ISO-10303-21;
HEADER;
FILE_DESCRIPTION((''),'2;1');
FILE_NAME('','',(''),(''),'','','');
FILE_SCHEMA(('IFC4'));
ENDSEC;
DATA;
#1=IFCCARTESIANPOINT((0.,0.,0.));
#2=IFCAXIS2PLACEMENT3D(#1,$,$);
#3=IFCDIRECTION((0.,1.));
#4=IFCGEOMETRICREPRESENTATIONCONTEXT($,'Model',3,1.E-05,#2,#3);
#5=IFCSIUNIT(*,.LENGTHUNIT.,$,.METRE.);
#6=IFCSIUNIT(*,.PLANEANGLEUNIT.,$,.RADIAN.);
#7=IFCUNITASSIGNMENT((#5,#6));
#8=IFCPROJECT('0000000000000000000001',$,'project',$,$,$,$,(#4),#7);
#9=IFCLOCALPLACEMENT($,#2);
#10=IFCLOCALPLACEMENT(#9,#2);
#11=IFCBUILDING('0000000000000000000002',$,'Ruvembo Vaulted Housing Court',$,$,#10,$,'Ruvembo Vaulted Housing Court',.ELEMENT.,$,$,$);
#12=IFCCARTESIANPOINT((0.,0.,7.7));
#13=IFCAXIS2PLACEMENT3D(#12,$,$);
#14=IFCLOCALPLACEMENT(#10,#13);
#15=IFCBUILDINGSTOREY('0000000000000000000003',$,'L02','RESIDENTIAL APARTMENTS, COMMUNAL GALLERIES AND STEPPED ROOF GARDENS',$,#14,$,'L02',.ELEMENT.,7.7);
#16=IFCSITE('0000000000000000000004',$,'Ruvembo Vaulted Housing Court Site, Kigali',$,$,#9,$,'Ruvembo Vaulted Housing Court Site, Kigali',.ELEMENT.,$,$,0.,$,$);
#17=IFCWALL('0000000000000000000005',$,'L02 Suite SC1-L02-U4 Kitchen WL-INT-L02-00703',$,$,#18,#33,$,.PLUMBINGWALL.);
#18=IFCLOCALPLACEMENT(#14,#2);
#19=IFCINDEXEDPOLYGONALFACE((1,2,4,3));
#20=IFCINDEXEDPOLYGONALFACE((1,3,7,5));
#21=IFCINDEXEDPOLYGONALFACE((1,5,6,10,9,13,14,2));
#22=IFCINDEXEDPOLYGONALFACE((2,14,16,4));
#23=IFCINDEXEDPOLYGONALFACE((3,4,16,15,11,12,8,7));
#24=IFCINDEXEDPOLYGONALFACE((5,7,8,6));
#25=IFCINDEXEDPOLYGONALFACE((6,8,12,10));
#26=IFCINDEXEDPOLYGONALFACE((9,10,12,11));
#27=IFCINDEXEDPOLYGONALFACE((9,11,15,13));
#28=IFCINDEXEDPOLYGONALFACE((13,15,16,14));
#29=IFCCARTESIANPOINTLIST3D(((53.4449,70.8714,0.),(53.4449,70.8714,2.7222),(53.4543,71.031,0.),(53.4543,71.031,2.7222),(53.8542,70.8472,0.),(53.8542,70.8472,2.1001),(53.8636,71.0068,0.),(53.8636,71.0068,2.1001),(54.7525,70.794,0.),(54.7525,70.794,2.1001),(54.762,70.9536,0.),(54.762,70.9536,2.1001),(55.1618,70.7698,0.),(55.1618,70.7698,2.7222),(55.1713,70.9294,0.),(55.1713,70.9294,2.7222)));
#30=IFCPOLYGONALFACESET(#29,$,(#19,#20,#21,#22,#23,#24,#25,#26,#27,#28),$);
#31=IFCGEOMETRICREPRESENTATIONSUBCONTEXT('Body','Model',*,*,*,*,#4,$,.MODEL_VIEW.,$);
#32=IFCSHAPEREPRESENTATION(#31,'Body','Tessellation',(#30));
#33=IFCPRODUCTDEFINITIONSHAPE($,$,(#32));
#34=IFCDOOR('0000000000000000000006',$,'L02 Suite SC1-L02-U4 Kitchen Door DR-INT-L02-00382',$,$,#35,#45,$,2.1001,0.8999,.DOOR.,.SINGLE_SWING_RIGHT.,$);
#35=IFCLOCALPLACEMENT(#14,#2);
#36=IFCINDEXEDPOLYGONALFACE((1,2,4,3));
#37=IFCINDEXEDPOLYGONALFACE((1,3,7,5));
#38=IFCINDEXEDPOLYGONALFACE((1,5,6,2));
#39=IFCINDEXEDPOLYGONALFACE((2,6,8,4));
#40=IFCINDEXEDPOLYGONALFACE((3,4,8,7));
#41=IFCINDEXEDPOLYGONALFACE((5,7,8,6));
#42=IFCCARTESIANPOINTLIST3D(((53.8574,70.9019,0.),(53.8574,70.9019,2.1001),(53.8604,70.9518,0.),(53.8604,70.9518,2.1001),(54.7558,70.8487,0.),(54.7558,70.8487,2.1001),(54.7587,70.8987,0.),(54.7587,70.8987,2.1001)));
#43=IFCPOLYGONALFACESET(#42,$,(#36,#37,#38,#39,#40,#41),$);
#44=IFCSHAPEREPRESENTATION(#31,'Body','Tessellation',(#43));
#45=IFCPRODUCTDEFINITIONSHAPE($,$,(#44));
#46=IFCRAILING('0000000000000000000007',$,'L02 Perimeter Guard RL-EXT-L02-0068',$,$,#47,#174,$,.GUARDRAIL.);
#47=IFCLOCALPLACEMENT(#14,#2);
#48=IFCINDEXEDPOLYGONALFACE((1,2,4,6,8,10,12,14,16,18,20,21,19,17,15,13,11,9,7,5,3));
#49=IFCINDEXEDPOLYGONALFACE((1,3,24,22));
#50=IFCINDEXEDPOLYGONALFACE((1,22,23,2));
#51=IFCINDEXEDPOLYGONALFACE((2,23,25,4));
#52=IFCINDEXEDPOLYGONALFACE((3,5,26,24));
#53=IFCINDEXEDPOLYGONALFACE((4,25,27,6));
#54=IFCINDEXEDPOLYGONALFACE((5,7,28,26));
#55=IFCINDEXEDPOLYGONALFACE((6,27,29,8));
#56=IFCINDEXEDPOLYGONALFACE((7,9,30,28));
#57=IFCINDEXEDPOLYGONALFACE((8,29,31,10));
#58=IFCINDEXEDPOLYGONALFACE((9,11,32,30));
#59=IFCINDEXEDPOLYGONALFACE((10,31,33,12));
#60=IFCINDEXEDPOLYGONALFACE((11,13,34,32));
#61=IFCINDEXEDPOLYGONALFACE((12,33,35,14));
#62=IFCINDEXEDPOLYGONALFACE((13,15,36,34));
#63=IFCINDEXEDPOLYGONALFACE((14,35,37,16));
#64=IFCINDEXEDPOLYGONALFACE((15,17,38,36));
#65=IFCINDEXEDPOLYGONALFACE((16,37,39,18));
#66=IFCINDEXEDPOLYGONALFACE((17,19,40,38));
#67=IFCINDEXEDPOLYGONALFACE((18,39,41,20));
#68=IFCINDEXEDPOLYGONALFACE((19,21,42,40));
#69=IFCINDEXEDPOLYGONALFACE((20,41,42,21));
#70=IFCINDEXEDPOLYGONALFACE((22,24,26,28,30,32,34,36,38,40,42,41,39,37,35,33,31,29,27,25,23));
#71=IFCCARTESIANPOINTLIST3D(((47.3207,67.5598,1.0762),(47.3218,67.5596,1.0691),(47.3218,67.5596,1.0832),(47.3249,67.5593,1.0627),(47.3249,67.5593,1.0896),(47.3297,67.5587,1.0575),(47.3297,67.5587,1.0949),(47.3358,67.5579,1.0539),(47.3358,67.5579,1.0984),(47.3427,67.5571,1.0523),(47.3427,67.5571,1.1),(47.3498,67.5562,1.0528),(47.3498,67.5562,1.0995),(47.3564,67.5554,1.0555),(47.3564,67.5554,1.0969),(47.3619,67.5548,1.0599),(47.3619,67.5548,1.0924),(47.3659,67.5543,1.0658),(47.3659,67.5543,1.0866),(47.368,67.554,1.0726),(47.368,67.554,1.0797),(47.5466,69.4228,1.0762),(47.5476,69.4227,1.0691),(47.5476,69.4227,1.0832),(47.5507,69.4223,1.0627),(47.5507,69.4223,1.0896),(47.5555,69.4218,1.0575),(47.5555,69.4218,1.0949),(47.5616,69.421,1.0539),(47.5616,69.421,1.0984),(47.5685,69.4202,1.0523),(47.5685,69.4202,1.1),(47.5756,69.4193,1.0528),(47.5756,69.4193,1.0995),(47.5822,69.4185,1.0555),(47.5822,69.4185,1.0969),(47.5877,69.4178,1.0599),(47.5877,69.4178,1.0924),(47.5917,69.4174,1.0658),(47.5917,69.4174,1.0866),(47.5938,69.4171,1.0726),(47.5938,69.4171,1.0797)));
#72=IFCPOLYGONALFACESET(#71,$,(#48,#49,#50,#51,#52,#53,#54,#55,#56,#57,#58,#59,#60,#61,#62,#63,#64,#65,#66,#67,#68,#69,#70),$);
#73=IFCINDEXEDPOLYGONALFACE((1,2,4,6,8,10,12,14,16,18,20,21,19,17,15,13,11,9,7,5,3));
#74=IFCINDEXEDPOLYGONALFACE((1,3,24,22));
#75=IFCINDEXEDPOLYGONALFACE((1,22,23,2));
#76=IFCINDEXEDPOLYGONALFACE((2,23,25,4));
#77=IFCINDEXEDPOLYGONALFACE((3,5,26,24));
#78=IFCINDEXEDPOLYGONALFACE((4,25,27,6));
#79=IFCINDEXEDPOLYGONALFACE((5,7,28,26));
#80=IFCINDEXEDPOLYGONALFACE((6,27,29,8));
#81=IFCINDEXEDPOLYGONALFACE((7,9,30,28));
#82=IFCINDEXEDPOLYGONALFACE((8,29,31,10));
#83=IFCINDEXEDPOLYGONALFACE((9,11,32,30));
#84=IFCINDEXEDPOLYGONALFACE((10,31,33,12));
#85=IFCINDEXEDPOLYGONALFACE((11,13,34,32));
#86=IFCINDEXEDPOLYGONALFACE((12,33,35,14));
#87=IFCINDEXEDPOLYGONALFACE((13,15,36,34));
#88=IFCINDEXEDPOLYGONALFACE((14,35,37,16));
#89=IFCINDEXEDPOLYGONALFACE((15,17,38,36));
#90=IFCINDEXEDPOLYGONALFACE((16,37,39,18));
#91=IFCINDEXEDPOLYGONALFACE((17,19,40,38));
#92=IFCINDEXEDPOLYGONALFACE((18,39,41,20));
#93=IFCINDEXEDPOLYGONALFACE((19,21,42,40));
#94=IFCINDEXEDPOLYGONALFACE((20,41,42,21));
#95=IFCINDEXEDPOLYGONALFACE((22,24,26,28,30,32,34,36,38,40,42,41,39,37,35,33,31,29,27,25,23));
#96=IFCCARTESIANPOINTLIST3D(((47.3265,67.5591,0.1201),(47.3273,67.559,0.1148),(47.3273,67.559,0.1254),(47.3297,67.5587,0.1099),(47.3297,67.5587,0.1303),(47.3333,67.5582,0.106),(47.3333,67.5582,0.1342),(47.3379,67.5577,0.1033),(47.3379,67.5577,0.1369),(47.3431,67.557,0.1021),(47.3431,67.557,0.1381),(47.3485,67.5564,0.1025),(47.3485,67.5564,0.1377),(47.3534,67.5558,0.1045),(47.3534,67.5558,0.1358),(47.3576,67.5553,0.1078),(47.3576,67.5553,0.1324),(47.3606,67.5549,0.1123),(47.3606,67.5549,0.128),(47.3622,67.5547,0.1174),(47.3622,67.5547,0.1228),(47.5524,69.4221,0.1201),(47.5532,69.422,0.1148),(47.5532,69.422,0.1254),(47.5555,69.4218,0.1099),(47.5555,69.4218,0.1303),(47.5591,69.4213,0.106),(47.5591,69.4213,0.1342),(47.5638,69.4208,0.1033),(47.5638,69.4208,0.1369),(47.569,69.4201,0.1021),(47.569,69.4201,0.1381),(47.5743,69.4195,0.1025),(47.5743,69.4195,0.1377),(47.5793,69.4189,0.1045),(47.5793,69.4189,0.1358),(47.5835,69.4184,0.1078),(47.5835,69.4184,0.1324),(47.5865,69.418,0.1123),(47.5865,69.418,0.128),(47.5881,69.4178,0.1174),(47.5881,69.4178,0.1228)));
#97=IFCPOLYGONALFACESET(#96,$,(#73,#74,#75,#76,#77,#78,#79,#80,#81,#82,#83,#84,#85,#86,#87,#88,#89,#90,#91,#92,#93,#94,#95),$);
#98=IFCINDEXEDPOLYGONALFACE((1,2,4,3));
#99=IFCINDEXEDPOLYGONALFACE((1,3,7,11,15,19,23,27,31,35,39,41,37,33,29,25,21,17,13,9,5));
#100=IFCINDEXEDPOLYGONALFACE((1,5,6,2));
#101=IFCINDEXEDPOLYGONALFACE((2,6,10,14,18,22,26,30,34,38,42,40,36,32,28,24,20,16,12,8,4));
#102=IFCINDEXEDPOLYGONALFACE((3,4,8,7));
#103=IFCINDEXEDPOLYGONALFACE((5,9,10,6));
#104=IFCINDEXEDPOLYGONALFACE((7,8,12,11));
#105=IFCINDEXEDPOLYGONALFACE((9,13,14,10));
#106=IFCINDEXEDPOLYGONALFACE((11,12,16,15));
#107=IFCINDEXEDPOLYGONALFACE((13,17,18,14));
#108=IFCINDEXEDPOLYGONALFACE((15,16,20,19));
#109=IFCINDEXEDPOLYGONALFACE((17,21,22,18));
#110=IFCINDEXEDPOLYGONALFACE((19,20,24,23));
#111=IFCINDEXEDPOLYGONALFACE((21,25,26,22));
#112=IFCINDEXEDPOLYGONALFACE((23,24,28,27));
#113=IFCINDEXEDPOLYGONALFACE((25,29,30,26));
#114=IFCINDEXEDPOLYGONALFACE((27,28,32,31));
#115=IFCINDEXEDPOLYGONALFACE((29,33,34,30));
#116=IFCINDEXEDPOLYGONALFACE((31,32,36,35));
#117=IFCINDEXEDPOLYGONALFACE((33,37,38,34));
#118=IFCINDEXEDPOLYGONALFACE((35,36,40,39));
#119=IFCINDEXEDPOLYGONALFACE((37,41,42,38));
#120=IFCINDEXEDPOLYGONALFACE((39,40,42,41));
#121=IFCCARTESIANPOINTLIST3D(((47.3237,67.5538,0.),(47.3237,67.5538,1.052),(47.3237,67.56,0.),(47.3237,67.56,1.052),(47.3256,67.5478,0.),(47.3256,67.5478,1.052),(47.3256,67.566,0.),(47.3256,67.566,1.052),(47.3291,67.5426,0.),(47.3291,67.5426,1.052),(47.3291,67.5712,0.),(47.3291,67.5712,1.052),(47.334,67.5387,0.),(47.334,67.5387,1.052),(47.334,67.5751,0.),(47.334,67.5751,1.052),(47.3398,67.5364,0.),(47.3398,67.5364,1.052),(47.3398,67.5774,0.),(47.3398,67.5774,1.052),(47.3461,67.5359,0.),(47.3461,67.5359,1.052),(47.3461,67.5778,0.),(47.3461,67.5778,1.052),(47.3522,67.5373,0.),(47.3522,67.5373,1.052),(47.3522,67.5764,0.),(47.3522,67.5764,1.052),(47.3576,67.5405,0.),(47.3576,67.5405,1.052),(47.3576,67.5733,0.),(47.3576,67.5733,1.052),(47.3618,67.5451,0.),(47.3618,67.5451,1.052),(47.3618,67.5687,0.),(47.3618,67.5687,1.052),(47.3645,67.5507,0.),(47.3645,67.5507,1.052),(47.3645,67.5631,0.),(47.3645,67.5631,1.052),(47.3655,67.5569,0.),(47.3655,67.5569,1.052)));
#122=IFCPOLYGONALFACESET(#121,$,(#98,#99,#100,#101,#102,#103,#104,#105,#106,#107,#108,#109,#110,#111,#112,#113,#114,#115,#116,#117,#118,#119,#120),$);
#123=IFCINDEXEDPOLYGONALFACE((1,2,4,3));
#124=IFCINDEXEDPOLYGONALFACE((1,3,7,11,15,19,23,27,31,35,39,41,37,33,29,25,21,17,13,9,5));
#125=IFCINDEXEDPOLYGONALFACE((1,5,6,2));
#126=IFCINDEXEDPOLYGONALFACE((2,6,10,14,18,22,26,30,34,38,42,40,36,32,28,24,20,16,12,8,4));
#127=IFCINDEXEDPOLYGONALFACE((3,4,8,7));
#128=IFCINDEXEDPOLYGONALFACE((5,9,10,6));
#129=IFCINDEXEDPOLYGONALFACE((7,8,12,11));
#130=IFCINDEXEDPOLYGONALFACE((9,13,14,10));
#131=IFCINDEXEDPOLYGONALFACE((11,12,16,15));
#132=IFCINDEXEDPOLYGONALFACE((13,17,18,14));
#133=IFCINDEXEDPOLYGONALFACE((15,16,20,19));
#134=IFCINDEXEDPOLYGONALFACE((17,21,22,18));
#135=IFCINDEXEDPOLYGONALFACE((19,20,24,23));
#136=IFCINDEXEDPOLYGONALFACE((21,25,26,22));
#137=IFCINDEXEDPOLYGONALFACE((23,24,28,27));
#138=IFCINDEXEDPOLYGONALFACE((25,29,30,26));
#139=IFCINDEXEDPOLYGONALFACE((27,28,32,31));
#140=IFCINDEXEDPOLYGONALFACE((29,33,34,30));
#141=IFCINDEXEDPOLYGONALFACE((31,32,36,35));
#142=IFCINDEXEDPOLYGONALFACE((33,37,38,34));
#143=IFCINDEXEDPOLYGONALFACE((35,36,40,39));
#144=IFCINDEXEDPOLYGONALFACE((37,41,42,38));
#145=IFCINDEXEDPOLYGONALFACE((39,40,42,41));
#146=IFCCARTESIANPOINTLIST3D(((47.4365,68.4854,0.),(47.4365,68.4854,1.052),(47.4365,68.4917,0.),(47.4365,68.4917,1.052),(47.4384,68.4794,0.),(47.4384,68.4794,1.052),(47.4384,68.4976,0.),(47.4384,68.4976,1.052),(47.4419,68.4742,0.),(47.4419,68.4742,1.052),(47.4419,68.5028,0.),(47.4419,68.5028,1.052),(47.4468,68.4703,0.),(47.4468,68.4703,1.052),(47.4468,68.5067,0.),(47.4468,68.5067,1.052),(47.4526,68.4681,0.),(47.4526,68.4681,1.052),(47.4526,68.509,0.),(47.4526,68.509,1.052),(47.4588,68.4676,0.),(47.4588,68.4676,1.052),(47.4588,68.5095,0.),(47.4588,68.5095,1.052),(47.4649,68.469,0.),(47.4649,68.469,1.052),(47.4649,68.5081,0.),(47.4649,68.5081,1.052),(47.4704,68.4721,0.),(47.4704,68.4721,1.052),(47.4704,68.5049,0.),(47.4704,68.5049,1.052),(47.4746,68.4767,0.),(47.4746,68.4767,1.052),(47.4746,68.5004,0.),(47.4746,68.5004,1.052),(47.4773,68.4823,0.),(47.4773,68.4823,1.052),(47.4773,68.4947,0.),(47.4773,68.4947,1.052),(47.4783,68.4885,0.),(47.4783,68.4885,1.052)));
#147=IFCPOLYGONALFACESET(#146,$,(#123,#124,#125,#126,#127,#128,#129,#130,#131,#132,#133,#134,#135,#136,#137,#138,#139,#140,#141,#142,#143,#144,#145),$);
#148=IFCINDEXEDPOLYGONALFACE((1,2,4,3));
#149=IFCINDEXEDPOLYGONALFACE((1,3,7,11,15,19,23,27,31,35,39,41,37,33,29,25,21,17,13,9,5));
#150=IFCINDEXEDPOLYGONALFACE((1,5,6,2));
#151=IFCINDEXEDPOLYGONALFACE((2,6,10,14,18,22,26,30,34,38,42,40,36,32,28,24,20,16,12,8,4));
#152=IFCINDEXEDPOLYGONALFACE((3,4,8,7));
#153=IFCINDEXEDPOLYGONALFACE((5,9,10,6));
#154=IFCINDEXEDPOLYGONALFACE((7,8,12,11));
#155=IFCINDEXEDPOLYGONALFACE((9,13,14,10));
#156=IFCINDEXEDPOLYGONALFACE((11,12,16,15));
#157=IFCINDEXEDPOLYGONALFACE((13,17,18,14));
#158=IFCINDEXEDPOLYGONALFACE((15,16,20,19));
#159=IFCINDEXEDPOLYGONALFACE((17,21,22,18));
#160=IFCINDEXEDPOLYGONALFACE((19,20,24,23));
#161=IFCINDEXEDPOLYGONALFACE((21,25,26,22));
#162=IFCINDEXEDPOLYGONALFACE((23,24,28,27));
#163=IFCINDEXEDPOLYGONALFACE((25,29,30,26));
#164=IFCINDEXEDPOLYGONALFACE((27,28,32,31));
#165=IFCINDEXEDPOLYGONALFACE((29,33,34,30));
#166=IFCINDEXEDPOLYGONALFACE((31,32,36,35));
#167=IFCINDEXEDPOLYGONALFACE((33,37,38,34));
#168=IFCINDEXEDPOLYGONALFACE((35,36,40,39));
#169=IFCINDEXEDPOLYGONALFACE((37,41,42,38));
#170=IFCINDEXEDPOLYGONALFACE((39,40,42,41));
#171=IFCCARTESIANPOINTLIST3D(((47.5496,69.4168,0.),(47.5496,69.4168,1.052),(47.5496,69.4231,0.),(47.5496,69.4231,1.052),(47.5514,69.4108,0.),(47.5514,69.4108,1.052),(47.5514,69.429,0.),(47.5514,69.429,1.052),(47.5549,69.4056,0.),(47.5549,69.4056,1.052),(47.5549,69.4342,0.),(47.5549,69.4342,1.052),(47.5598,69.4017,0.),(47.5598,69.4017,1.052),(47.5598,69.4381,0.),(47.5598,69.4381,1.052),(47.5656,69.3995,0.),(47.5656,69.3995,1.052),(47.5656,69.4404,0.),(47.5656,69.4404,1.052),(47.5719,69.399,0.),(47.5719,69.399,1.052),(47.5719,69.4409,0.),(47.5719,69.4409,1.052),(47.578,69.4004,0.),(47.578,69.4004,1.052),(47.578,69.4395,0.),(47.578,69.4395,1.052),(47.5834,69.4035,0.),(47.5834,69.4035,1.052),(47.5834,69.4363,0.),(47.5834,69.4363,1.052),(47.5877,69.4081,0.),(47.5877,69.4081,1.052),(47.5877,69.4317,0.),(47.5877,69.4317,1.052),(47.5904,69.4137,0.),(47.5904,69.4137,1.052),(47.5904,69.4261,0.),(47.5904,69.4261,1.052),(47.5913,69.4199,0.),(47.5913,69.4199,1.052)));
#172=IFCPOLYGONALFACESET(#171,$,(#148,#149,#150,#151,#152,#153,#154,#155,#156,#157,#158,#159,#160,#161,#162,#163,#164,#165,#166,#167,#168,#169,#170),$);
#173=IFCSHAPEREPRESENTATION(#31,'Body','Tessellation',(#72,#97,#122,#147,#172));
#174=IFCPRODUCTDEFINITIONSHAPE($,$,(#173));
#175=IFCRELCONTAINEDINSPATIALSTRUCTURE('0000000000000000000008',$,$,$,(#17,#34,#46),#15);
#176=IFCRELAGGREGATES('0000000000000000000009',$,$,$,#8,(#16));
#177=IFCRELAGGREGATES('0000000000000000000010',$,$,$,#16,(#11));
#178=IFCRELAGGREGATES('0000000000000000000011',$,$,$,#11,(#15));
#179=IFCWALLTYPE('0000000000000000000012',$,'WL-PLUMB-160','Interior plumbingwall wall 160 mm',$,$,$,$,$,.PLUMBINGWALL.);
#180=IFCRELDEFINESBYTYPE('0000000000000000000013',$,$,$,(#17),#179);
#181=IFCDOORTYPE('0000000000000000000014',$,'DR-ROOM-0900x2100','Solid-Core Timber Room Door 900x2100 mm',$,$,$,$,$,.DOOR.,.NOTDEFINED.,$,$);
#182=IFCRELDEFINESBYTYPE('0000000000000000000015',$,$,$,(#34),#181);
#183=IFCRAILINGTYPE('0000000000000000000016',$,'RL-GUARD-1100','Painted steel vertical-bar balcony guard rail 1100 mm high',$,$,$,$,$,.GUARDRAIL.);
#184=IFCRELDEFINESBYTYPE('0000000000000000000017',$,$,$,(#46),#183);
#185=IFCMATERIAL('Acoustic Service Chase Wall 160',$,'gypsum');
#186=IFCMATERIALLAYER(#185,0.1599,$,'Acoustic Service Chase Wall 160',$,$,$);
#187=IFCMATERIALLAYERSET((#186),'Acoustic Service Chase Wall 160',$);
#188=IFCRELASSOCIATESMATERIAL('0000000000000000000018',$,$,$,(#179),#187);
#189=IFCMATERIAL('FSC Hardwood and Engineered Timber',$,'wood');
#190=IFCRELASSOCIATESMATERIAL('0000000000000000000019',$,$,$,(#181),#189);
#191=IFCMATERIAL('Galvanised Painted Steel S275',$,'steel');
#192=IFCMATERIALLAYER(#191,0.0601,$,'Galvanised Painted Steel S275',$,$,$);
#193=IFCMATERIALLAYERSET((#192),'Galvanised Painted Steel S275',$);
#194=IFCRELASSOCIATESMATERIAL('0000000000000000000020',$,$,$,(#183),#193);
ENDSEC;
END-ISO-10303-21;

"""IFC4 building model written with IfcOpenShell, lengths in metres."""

from ifc_helpers import new_model, si_unit, direction, frame, frame_2d, origin, origin_2d, place, context, subcontext, project, spatial, rectangle, circle, extrude, material, layer, layer_set, type_object, element, fill, save


model = new_model("IFC4")

# Units and contexts
model_context = context("Model", 3, precision=1e-05, world=origin(), true_north=direction((0.0, 1.0)))
body_context = subcontext(model_context, "Body", "Model", "MODEL_VIEW")
ifc_project = project(units=[si_unit("LENGTHUNIT", "METRE"), si_unit("PLANEANGLEUNIT", "RADIAN")], contexts=[model_context])

# Site, building, storey
site_placement = place(None, origin())
site = spatial("IfcSite", under=ifc_project, at=site_placement, Name="Ruvembo Vaulted Housing Court Site, Kigali", LongName="Ruvembo Vaulted Housing Court Site, Kigali", CompositionType="ELEMENT", RefElevation=0.0)
building_placement = place(site_placement, origin())
building = spatial("IfcBuilding", under=site, at=building_placement, Name="Ruvembo Vaulted Housing Court", LongName="Ruvembo Vaulted Housing Court", CompositionType="ELEMENT")
storey_placement = place(building_placement, frame((0.0, 0.0, 7.7)))
storey = spatial("IfcBuildingStorey", under=building, at=storey_placement, Name="L02", Description="RESIDENTIAL APARTMENTS, COMMUNAL GALLERIES AND STEPPED ROOF GARDENS", LongName="L02", CompositionType="ELEMENT", Elevation=7.7)

# Wall, opening, door
ifc_material_1 = material(Name="FSC Hardwood and Engineered Timber", Category="wood")
ifc_material_2 = material(Name="Acoustic Service Chase Wall 160", Category="gypsum")
ifc_layer_1 = layer(ifc_material_2, 0.1599, Name="Acoustic Service Chase Wall 160")
ifc_layer_set_1 = layer_set([ifc_layer_1], Name="Acoustic Service Chase Wall 160")
wall_type_1 = type_object("IfcWallType", Name="WL-PLUMB-160", Description="Interior plumbingwall wall 160 mm", PredefinedType="PLUMBINGWALL", material=ifc_layer_set_1)
wall_1_placement = place(storey_placement, frame((53.4497, 70.9512, 0.0), z_axis=(0.0, 0.0, 1.0), x_axis=(0.998255, -0.059047, 0.0)))
wall_1 = element("IfcWall", 1, at=wall_1_placement, inside=storey, type_object=wall_type_1, Name="L02 Suite SC1-L02-U4 Kitchen WL-INT-L02-00703", PredefinedType="PLUMBINGWALL", context=body_context, shape_type="SweptSolid", body=[
    extrude(rectangle(XDim=1.72, YDim=0.1599, at=frame_2d((0.8599, 0.0))), origin(), (0.0, 0.0, 1.0), 2.7222),
])
opening_1_placement = place(wall_1_placement, frame((0.4099, 0.0, 0.0)))
opening_1 = element("IfcOpeningElement", 2, at=opening_1_placement, cuts=wall_1, PredefinedType="OPENING", context=body_context, shape_type="SweptSolid", body=[
    extrude(rectangle(XDim=0.8999, YDim=2.1001, at=frame_2d((0.45, 1.05))), frame((0.0, 0.0898, 0.0), z_axis=(0.0, -1.0, 0.0), x_axis=(1.0, 0.0, 0.0)), (0.0, 0.0, 1.0), 0.1799),
])
door_type_1 = type_object("IfcDoorType", Name="DR-ROOM-0900x2100", Description="Solid-Core Timber Room Door 900x2100 mm", OperationType="NOTDEFINED", PredefinedType="DOOR", material=ifc_material_1)
door_1_placement = place(opening_1_placement, origin())
door_1 = element("IfcDoor", 3, at=door_1_placement, inside=storey, type_object=door_type_1, Name="L02 Suite SC1-L02-U4 Kitchen Door DR-INT-L02-00382", OperationType="SINGLE_SWING_RIGHT", OverallHeight=2.1001, OverallWidth=0.8999, PredefinedType="DOOR", context=body_context, shape_type="SweptSolid", body=[
    extrude(rectangle(XDim=0.8999, YDim=2.1001, at=frame_2d((0.45, 1.05))), frame((0.0, 0.0249, 0.0), z_axis=(0.0, -1.0, 0.0), x_axis=(1.0, 0.0, 0.0)), (0.0, 0.0, 1.0), 0.05),
])
fill(opening_1, door_1)

# Railing
ifc_material_3 = material(Name="Galvanised Painted Steel S275", Category="steel")
ifc_layer_2 = layer(ifc_material_3, 0.0601, Name="Galvanised Painted Steel S275")
ifc_layer_set_2 = layer_set([ifc_layer_2], Name="Galvanised Painted Steel S275")
railing_type = type_object("IfcRailingType", Name="RL-GUARD-1100", Description="Painted steel vertical-bar balcony guard rail 1100 mm high", PredefinedType="GUARDRAIL", material=ifc_layer_set_2)
railing_1_placement = place(storey_placement, frame((47.3445, 67.5569, 0.0)))
element("IfcRailing", 4, at=railing_1_placement, inside=storey, type_object=railing_type, Name="L02 Perimeter Guard RL-EXT-L02-0068", PredefinedType="GUARDRAIL", context=body_context, shape_type="SweptSolid", body=[
    extrude(circle(Radius=0.0239, at=origin_2d()), frame((0.0, 0.0, 1.0762), z_axis=(0.120335, 0.992733, 0.0), x_axis=(-0.992733, 0.120335, 0.0)), (0.0, 0.0, 1.0), 1.8767),
    extrude(circle(Radius=0.0181, at=origin_2d()), frame((0.0, 0.0, 0.1201), z_axis=(0.120335, 0.992733, 0.0), x_axis=(-0.992733, 0.120335, 0.0)), (0.0, 0.0, 1.0), 1.8767),
    extrude(circle(Radius=0.021, at=origin_2d()), origin(), (0.0, 0.0, 1.0), 1.052),
    extrude(circle(Radius=0.021, at=origin_2d()), frame((0.1128, 0.9316, 0.0)), (0.0, 0.0, 1.0), 1.052),
    extrude(circle(Radius=0.021, at=origin_2d()), frame((0.2258, 1.863, 0.0)), (0.0, 0.0, 1.0), 1.052),
])

save(model, "model.ifc")
